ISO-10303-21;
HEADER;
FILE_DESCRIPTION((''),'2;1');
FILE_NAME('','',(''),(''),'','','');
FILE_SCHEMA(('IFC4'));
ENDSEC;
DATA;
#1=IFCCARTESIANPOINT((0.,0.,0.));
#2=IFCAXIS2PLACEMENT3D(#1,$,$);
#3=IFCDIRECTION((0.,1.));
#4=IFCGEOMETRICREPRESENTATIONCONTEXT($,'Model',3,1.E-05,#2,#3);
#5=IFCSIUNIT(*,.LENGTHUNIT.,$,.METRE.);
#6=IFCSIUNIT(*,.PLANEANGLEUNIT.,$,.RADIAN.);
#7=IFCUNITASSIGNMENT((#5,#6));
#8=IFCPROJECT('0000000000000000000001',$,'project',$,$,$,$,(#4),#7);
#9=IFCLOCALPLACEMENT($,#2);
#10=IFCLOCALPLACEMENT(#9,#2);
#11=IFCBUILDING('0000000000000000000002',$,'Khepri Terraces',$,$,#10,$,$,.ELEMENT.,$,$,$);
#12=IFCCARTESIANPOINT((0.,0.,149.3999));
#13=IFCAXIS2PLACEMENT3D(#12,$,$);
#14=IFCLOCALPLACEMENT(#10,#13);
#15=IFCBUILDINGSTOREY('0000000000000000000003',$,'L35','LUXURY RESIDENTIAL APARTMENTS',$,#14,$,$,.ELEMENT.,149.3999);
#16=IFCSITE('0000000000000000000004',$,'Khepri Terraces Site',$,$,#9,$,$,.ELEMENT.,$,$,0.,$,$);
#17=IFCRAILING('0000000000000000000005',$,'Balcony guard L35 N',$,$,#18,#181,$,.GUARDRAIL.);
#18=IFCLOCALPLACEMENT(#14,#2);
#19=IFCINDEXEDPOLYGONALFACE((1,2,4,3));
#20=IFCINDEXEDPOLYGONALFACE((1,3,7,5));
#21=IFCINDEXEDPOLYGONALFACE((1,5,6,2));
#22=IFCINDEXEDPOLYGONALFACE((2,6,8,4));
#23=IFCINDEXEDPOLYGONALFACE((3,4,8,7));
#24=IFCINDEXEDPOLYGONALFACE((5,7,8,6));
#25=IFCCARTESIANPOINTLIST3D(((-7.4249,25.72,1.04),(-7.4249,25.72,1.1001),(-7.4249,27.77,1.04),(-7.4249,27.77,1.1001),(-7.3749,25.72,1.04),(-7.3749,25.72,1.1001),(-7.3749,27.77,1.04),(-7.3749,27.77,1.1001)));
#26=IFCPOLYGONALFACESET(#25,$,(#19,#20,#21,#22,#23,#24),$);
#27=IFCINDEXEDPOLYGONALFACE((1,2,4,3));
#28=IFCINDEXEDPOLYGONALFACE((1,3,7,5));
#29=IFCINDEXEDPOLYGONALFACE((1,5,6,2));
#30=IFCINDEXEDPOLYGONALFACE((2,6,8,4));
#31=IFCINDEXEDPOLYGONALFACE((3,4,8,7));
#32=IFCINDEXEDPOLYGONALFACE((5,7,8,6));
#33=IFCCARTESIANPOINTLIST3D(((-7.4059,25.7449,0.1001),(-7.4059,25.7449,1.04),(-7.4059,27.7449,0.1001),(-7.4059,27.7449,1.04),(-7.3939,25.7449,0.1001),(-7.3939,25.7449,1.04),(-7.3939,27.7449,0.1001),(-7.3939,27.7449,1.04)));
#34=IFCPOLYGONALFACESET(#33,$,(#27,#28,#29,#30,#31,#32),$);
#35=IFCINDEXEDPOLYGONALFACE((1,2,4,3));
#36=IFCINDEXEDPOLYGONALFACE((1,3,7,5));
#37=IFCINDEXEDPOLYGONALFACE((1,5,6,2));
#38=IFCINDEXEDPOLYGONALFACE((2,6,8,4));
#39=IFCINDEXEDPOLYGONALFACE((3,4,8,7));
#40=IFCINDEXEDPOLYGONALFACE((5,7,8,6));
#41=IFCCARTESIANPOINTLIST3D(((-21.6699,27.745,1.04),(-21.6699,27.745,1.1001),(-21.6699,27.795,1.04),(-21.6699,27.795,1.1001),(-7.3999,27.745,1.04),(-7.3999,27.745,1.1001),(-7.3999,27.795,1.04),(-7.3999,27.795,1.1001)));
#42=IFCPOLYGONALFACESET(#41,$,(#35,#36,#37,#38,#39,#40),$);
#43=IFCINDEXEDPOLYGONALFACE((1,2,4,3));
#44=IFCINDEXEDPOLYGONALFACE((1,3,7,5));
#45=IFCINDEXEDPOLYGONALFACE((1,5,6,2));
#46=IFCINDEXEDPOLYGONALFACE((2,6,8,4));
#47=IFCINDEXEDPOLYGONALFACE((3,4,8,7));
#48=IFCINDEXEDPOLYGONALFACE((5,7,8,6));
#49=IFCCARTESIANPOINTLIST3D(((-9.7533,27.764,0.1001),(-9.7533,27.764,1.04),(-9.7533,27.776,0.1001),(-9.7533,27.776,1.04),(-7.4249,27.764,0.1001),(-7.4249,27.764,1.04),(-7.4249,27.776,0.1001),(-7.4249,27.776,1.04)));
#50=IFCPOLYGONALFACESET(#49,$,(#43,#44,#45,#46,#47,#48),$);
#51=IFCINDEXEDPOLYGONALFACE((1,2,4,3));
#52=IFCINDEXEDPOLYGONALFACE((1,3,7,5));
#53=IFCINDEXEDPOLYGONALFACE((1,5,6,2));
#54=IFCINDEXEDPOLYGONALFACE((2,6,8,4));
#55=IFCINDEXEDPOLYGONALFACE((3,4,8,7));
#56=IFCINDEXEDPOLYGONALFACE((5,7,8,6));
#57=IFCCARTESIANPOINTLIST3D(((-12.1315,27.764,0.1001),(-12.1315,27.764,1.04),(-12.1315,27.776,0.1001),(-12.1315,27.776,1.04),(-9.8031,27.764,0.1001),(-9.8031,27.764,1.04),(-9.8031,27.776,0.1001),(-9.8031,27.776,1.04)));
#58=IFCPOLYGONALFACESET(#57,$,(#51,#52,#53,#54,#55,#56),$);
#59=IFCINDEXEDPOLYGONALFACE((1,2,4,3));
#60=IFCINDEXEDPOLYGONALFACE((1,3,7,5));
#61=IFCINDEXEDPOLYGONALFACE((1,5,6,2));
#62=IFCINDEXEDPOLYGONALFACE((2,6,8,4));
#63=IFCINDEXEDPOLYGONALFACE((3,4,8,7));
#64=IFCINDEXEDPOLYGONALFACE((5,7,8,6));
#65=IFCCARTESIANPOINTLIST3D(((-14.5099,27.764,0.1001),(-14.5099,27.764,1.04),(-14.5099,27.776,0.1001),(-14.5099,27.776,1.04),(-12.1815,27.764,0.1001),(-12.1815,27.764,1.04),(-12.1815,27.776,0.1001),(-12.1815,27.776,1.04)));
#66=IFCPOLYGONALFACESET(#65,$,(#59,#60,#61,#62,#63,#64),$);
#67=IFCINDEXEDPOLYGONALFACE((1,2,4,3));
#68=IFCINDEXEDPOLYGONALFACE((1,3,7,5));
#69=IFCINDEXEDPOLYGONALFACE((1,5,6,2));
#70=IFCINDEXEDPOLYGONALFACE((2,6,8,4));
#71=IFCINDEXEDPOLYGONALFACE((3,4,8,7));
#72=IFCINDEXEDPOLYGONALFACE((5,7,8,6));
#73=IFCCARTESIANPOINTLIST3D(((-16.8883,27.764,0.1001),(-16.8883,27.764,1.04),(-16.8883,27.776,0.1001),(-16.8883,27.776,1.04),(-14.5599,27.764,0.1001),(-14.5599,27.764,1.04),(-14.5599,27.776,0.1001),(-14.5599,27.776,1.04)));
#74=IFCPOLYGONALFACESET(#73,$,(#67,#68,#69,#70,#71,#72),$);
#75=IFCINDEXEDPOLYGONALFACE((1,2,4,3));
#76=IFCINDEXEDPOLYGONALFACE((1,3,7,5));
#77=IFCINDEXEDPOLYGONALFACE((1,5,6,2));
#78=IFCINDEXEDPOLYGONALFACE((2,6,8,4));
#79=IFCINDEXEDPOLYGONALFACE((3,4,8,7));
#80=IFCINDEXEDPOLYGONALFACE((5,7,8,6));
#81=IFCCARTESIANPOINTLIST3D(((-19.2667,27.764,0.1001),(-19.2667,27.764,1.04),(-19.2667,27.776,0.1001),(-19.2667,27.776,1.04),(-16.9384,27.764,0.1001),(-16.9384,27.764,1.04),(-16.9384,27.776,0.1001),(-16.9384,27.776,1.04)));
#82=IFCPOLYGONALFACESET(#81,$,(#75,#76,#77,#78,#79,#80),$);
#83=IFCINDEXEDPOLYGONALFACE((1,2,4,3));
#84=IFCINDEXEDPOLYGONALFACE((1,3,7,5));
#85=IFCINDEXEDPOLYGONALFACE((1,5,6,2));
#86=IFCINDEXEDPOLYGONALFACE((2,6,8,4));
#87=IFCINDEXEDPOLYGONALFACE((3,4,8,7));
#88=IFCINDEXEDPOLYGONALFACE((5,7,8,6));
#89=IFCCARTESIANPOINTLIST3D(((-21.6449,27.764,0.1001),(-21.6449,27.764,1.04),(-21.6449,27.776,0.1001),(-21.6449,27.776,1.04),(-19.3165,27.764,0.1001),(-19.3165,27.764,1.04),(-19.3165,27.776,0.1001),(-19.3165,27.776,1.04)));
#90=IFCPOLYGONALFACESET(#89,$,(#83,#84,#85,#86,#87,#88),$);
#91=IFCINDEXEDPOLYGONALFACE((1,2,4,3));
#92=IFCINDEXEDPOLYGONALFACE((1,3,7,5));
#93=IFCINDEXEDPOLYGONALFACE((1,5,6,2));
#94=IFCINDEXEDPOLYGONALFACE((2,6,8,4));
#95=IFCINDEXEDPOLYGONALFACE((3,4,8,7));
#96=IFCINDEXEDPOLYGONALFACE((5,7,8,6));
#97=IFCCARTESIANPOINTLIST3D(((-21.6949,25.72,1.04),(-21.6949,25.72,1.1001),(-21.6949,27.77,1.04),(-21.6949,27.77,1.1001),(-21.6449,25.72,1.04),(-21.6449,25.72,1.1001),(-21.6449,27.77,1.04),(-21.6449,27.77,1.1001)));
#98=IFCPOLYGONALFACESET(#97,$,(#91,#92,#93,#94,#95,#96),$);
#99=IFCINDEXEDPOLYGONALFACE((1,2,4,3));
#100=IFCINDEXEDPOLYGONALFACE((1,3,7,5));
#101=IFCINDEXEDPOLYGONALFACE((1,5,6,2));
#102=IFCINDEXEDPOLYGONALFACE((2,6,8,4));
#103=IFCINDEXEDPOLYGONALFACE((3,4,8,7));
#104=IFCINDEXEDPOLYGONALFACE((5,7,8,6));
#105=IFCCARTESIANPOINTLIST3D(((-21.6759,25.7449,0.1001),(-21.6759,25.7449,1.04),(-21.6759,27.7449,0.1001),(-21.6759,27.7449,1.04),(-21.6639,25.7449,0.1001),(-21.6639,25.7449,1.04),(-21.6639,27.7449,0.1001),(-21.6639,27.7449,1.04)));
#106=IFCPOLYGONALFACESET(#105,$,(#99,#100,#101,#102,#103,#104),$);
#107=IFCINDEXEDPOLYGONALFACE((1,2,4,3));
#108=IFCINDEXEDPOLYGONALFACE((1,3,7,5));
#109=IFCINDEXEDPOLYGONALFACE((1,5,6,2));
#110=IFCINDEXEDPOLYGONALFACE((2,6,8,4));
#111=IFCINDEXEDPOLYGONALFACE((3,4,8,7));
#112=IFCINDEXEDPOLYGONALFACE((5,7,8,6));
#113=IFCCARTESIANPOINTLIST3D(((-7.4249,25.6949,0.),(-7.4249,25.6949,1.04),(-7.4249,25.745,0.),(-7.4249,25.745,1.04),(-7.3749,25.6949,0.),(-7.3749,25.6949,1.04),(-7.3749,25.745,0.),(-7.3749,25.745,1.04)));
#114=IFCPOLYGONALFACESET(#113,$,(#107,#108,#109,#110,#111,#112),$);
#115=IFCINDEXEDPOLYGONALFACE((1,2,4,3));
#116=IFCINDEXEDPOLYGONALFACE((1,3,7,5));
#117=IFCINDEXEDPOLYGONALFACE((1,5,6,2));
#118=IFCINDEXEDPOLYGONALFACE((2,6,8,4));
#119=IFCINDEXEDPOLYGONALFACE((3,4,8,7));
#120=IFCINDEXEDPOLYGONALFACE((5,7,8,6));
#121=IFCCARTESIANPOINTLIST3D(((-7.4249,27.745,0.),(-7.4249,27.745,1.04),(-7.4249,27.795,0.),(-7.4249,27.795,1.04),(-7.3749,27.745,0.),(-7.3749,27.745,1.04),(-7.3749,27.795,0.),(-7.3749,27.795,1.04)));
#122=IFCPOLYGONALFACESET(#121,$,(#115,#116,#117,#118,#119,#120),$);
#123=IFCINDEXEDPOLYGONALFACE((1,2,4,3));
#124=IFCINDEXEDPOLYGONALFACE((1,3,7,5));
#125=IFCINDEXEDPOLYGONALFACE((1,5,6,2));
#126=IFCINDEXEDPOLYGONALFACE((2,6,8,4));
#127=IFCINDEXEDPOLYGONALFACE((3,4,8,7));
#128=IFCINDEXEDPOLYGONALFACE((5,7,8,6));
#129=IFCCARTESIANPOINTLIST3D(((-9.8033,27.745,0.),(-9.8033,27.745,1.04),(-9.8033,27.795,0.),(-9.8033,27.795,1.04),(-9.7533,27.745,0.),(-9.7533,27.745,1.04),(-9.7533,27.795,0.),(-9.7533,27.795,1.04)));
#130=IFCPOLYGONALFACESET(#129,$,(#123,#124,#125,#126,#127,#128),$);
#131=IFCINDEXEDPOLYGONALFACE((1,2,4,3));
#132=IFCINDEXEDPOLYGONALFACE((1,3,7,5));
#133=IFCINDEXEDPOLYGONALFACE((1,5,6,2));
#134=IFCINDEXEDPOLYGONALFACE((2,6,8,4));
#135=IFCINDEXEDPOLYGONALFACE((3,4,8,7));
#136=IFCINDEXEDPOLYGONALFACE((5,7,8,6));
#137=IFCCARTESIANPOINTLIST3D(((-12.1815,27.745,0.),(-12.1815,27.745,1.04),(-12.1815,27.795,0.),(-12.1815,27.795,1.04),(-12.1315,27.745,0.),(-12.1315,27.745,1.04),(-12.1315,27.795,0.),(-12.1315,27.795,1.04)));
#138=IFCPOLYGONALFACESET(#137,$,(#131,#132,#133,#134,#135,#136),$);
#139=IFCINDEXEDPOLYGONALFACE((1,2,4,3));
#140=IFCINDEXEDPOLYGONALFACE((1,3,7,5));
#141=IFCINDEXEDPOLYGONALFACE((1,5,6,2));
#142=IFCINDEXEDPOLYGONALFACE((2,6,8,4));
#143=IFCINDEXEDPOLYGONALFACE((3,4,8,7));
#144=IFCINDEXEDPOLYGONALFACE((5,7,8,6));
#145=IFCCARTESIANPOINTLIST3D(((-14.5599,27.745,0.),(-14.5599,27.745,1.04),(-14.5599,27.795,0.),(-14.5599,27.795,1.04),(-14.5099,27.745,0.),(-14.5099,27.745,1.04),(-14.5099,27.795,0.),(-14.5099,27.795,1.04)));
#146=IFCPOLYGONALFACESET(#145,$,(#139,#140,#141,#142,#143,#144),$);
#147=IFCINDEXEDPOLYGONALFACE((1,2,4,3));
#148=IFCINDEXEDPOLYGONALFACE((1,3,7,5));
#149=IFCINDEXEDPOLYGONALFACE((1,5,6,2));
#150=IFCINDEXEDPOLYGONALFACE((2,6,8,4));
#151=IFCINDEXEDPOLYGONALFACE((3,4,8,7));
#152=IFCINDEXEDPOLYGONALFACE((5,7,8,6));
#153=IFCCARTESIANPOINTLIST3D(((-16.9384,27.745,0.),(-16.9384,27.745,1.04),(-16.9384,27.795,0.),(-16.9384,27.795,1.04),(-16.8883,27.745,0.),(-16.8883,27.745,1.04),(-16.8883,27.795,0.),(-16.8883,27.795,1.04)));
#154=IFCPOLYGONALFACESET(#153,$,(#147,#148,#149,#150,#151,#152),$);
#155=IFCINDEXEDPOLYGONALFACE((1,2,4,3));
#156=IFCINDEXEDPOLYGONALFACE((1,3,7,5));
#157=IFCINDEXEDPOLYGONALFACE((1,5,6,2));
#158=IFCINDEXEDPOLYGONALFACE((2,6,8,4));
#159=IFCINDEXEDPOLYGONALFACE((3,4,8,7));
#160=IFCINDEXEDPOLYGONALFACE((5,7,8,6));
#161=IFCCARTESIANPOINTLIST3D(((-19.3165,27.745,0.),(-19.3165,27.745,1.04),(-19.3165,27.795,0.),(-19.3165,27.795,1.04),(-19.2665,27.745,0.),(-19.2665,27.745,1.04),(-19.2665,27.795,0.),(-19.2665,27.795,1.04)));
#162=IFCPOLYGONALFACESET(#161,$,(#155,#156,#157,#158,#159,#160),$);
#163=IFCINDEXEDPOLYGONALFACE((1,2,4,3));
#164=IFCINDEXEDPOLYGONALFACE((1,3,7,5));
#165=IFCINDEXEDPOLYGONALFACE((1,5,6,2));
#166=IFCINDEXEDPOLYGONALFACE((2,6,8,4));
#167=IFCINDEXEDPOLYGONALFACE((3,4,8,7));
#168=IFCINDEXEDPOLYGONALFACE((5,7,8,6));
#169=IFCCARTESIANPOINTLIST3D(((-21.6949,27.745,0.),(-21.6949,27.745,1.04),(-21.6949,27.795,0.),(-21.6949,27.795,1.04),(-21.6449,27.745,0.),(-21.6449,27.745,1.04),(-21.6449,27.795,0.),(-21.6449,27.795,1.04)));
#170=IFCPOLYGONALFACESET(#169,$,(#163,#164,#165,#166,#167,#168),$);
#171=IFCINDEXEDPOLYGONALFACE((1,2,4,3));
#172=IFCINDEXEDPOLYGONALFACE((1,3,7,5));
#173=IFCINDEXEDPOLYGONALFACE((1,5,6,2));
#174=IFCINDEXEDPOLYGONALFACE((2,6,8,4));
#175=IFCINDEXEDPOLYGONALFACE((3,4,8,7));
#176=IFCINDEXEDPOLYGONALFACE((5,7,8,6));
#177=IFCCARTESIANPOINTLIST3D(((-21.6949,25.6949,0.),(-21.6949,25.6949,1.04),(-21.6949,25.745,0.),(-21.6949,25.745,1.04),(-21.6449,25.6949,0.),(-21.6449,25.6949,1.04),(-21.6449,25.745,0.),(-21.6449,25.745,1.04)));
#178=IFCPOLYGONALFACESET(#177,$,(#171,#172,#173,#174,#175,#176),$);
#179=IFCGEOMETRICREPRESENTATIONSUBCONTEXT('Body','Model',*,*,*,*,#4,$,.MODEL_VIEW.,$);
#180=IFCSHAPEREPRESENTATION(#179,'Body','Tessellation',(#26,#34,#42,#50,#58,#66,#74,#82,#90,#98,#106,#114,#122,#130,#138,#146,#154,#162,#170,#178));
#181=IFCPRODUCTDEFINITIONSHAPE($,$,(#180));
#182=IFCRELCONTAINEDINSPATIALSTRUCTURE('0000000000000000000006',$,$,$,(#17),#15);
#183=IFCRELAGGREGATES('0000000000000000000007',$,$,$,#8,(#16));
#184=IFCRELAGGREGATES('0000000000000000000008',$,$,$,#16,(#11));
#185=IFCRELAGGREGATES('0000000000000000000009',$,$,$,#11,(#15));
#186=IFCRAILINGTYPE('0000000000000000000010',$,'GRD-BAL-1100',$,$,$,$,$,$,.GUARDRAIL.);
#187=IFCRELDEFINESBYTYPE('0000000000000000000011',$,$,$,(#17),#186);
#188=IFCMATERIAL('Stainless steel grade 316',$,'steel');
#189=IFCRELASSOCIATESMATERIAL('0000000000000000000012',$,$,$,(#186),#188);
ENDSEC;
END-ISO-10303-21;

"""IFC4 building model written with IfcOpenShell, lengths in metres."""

from ifc_helpers import new_model, si_unit, direction, frame, origin, origin_2d, place, context, subcontext, project, spatial, rectangle, extrude, material, type_object, element, save


model = new_model("IFC4")

# Units and contexts
model_context = context("Model", 3, precision=1e-05, world=origin(), true_north=direction((0.0, 1.0)))
body_context = subcontext(model_context, "Body", "Model", "MODEL_VIEW")
ifc_project = project(units=[si_unit("LENGTHUNIT", "METRE"), si_unit("PLANEANGLEUNIT", "RADIAN")], contexts=[model_context])

# Site, building, storey
site_placement = place(None, origin())
site = spatial("IfcSite", under=ifc_project, at=site_placement, Name="Khepri Terraces Site", CompositionType="ELEMENT", RefElevation=0.0)
building_placement = place(site_placement, origin())
building = spatial("IfcBuilding", under=site, at=building_placement, Name="Khepri Terraces", CompositionType="ELEMENT")
storey_placement = place(building_placement, frame((0.0, 0.0, 149.3999)))
storey = spatial("IfcBuildingStorey", under=building, at=storey_placement, Name="L35", Description="LUXURY RESIDENTIAL APARTMENTS", CompositionType="ELEMENT", Elevation=149.3999)

# Railing
ifc_material_1 = material(Name="Stainless steel grade 316", Category="steel")
railing_type_1 = type_object("IfcRailingType", Name="GRD-BAL-1100", PredefinedType="GUARDRAIL", material=ifc_material_1)
railing_1_placement = place(storey_placement, frame((-7.3999, 25.72, 0.0)))
element("IfcRailing", 1, at=railing_1_placement, inside=storey, type_object=railing_type_1, Name="Balcony guard L35 N", PredefinedType="GUARDRAIL", context=body_context, shape_type="SweptSolid", body=[
    extrude(rectangle(XDim=0.05, YDim=0.0601, at=origin_2d()), frame((0.0, 0.0, 1.0701), z_axis=(0.0, 1.0, 0.0), x_axis=(-1.0, 0.0, 0.0)), (0.0, 0.0, 1.0), 2.05),
    extrude(rectangle(XDim=2.0, YDim=0.012, at=origin_2d()), frame((0.0, 1.0249, 0.1001), z_axis=(0.0, 0.0, 1.0), x_axis=(0.0, 1.0, 0.0)), (0.0, 0.0, 1.0), 0.9399),
    extrude(rectangle(XDim=0.05, YDim=0.0601, at=origin_2d()), frame((0.0, 2.05, 1.0701), z_axis=(-1.0, 0.0, 0.0), x_axis=(0.0, -1.0, 0.0)), (0.0, 0.0, 1.0), 14.27),
    extrude(rectangle(XDim=2.3284, YDim=0.012, at=origin_2d()), frame((-1.1892, 2.05, 0.1001), z_axis=(0.0, 0.0, 1.0), x_axis=(-1.0, 0.0, 0.0)), (0.0, 0.0, 1.0), 0.9399),
    extrude(rectangle(XDim=2.3284, YDim=0.012, at=origin_2d()), frame((-3.5674, 2.05, 0.1001), z_axis=(0.0, 0.0, 1.0), x_axis=(-1.0, 0.0, 0.0)), (0.0, 0.0, 1.0), 0.9399),
    extrude(rectangle(XDim=2.3284, YDim=0.012, at=origin_2d()), frame((-5.9458, 2.05, 0.1001), z_axis=(0.0, 0.0, 1.0), x_axis=(-1.0, 0.0, 0.0)), (0.0, 0.0, 1.0), 0.9399),
    extrude(rectangle(XDim=2.3284, YDim=0.012, at=origin_2d()), frame((-8.3242, 2.05, 0.1001), z_axis=(0.0, 0.0, 1.0), x_axis=(-1.0, 0.0, 0.0)), (0.0, 0.0, 1.0), 0.9399),
    extrude(rectangle(XDim=2.3284, YDim=0.012, at=origin_2d()), frame((-10.7026, 2.05, 0.1001), z_axis=(0.0, 0.0, 1.0), x_axis=(-1.0, 0.0, 0.0)), (0.0, 0.0, 1.0), 0.9399),
    extrude(rectangle(XDim=2.3284, YDim=0.012, at=origin_2d()), frame((-13.0808, 2.05, 0.1001), z_axis=(0.0, 0.0, 1.0), x_axis=(-1.0, 0.0, 0.0)), (0.0, 0.0, 1.0), 0.9399),
    extrude(rectangle(XDim=0.05, YDim=0.0601, at=origin_2d()), frame((-14.27, 2.05, 1.0701), z_axis=(0.0, -1.0, 0.0), x_axis=(1.0, 0.0, 0.0)), (0.0, 0.0, 1.0), 2.05),
    extrude(rectangle(XDim=2.0, YDim=0.012, at=origin_2d()), frame((-14.27, 1.0249, 0.1001), z_axis=(0.0, 0.0, 1.0), x_axis=(0.0, -1.0, 0.0)), (0.0, 0.0, 1.0), 0.9399),
    extrude(rectangle(XDim=0.05, YDim=0.05, at=origin_2d()), origin(), (0.0, 0.0, 1.0), 1.04),
    extrude(rectangle(XDim=0.05, YDim=0.05, at=origin_2d()), frame((0.0, 2.05, 0.0)), (0.0, 0.0, 1.0), 1.04),
    extrude(rectangle(XDim=0.05, YDim=0.05, at=origin_2d()), frame((-2.3784, 2.05, 0.0)), (0.0, 0.0, 1.0), 1.04),
    extrude(rectangle(XDim=0.05, YDim=0.05, at=origin_2d()), frame((-4.7566, 2.05, 0.0)), (0.0, 0.0, 1.0), 1.04),
    extrude(rectangle(XDim=0.05, YDim=0.05, at=origin_2d()), frame((-7.135, 2.05, 0.0)), (0.0, 0.0, 1.0), 1.04),
    extrude(rectangle(XDim=0.05, YDim=0.05, at=origin_2d()), frame((-9.5134, 2.05, 0.0)), (0.0, 0.0, 1.0), 1.04),
    extrude(rectangle(XDim=0.05, YDim=0.05, at=origin_2d()), frame((-11.8916, 2.05, 0.0)), (0.0, 0.0, 1.0), 1.04),
    extrude(rectangle(XDim=0.05, YDim=0.05, at=origin_2d()), frame((-14.27, 2.05, 0.0)), (0.0, 0.0, 1.0), 1.04),
    extrude(rectangle(XDim=0.05, YDim=0.05, at=origin_2d()), frame((-14.27, 0.0, 0.0)), (0.0, 0.0, 1.0), 1.04),
])

save(model, "model.ifc")
